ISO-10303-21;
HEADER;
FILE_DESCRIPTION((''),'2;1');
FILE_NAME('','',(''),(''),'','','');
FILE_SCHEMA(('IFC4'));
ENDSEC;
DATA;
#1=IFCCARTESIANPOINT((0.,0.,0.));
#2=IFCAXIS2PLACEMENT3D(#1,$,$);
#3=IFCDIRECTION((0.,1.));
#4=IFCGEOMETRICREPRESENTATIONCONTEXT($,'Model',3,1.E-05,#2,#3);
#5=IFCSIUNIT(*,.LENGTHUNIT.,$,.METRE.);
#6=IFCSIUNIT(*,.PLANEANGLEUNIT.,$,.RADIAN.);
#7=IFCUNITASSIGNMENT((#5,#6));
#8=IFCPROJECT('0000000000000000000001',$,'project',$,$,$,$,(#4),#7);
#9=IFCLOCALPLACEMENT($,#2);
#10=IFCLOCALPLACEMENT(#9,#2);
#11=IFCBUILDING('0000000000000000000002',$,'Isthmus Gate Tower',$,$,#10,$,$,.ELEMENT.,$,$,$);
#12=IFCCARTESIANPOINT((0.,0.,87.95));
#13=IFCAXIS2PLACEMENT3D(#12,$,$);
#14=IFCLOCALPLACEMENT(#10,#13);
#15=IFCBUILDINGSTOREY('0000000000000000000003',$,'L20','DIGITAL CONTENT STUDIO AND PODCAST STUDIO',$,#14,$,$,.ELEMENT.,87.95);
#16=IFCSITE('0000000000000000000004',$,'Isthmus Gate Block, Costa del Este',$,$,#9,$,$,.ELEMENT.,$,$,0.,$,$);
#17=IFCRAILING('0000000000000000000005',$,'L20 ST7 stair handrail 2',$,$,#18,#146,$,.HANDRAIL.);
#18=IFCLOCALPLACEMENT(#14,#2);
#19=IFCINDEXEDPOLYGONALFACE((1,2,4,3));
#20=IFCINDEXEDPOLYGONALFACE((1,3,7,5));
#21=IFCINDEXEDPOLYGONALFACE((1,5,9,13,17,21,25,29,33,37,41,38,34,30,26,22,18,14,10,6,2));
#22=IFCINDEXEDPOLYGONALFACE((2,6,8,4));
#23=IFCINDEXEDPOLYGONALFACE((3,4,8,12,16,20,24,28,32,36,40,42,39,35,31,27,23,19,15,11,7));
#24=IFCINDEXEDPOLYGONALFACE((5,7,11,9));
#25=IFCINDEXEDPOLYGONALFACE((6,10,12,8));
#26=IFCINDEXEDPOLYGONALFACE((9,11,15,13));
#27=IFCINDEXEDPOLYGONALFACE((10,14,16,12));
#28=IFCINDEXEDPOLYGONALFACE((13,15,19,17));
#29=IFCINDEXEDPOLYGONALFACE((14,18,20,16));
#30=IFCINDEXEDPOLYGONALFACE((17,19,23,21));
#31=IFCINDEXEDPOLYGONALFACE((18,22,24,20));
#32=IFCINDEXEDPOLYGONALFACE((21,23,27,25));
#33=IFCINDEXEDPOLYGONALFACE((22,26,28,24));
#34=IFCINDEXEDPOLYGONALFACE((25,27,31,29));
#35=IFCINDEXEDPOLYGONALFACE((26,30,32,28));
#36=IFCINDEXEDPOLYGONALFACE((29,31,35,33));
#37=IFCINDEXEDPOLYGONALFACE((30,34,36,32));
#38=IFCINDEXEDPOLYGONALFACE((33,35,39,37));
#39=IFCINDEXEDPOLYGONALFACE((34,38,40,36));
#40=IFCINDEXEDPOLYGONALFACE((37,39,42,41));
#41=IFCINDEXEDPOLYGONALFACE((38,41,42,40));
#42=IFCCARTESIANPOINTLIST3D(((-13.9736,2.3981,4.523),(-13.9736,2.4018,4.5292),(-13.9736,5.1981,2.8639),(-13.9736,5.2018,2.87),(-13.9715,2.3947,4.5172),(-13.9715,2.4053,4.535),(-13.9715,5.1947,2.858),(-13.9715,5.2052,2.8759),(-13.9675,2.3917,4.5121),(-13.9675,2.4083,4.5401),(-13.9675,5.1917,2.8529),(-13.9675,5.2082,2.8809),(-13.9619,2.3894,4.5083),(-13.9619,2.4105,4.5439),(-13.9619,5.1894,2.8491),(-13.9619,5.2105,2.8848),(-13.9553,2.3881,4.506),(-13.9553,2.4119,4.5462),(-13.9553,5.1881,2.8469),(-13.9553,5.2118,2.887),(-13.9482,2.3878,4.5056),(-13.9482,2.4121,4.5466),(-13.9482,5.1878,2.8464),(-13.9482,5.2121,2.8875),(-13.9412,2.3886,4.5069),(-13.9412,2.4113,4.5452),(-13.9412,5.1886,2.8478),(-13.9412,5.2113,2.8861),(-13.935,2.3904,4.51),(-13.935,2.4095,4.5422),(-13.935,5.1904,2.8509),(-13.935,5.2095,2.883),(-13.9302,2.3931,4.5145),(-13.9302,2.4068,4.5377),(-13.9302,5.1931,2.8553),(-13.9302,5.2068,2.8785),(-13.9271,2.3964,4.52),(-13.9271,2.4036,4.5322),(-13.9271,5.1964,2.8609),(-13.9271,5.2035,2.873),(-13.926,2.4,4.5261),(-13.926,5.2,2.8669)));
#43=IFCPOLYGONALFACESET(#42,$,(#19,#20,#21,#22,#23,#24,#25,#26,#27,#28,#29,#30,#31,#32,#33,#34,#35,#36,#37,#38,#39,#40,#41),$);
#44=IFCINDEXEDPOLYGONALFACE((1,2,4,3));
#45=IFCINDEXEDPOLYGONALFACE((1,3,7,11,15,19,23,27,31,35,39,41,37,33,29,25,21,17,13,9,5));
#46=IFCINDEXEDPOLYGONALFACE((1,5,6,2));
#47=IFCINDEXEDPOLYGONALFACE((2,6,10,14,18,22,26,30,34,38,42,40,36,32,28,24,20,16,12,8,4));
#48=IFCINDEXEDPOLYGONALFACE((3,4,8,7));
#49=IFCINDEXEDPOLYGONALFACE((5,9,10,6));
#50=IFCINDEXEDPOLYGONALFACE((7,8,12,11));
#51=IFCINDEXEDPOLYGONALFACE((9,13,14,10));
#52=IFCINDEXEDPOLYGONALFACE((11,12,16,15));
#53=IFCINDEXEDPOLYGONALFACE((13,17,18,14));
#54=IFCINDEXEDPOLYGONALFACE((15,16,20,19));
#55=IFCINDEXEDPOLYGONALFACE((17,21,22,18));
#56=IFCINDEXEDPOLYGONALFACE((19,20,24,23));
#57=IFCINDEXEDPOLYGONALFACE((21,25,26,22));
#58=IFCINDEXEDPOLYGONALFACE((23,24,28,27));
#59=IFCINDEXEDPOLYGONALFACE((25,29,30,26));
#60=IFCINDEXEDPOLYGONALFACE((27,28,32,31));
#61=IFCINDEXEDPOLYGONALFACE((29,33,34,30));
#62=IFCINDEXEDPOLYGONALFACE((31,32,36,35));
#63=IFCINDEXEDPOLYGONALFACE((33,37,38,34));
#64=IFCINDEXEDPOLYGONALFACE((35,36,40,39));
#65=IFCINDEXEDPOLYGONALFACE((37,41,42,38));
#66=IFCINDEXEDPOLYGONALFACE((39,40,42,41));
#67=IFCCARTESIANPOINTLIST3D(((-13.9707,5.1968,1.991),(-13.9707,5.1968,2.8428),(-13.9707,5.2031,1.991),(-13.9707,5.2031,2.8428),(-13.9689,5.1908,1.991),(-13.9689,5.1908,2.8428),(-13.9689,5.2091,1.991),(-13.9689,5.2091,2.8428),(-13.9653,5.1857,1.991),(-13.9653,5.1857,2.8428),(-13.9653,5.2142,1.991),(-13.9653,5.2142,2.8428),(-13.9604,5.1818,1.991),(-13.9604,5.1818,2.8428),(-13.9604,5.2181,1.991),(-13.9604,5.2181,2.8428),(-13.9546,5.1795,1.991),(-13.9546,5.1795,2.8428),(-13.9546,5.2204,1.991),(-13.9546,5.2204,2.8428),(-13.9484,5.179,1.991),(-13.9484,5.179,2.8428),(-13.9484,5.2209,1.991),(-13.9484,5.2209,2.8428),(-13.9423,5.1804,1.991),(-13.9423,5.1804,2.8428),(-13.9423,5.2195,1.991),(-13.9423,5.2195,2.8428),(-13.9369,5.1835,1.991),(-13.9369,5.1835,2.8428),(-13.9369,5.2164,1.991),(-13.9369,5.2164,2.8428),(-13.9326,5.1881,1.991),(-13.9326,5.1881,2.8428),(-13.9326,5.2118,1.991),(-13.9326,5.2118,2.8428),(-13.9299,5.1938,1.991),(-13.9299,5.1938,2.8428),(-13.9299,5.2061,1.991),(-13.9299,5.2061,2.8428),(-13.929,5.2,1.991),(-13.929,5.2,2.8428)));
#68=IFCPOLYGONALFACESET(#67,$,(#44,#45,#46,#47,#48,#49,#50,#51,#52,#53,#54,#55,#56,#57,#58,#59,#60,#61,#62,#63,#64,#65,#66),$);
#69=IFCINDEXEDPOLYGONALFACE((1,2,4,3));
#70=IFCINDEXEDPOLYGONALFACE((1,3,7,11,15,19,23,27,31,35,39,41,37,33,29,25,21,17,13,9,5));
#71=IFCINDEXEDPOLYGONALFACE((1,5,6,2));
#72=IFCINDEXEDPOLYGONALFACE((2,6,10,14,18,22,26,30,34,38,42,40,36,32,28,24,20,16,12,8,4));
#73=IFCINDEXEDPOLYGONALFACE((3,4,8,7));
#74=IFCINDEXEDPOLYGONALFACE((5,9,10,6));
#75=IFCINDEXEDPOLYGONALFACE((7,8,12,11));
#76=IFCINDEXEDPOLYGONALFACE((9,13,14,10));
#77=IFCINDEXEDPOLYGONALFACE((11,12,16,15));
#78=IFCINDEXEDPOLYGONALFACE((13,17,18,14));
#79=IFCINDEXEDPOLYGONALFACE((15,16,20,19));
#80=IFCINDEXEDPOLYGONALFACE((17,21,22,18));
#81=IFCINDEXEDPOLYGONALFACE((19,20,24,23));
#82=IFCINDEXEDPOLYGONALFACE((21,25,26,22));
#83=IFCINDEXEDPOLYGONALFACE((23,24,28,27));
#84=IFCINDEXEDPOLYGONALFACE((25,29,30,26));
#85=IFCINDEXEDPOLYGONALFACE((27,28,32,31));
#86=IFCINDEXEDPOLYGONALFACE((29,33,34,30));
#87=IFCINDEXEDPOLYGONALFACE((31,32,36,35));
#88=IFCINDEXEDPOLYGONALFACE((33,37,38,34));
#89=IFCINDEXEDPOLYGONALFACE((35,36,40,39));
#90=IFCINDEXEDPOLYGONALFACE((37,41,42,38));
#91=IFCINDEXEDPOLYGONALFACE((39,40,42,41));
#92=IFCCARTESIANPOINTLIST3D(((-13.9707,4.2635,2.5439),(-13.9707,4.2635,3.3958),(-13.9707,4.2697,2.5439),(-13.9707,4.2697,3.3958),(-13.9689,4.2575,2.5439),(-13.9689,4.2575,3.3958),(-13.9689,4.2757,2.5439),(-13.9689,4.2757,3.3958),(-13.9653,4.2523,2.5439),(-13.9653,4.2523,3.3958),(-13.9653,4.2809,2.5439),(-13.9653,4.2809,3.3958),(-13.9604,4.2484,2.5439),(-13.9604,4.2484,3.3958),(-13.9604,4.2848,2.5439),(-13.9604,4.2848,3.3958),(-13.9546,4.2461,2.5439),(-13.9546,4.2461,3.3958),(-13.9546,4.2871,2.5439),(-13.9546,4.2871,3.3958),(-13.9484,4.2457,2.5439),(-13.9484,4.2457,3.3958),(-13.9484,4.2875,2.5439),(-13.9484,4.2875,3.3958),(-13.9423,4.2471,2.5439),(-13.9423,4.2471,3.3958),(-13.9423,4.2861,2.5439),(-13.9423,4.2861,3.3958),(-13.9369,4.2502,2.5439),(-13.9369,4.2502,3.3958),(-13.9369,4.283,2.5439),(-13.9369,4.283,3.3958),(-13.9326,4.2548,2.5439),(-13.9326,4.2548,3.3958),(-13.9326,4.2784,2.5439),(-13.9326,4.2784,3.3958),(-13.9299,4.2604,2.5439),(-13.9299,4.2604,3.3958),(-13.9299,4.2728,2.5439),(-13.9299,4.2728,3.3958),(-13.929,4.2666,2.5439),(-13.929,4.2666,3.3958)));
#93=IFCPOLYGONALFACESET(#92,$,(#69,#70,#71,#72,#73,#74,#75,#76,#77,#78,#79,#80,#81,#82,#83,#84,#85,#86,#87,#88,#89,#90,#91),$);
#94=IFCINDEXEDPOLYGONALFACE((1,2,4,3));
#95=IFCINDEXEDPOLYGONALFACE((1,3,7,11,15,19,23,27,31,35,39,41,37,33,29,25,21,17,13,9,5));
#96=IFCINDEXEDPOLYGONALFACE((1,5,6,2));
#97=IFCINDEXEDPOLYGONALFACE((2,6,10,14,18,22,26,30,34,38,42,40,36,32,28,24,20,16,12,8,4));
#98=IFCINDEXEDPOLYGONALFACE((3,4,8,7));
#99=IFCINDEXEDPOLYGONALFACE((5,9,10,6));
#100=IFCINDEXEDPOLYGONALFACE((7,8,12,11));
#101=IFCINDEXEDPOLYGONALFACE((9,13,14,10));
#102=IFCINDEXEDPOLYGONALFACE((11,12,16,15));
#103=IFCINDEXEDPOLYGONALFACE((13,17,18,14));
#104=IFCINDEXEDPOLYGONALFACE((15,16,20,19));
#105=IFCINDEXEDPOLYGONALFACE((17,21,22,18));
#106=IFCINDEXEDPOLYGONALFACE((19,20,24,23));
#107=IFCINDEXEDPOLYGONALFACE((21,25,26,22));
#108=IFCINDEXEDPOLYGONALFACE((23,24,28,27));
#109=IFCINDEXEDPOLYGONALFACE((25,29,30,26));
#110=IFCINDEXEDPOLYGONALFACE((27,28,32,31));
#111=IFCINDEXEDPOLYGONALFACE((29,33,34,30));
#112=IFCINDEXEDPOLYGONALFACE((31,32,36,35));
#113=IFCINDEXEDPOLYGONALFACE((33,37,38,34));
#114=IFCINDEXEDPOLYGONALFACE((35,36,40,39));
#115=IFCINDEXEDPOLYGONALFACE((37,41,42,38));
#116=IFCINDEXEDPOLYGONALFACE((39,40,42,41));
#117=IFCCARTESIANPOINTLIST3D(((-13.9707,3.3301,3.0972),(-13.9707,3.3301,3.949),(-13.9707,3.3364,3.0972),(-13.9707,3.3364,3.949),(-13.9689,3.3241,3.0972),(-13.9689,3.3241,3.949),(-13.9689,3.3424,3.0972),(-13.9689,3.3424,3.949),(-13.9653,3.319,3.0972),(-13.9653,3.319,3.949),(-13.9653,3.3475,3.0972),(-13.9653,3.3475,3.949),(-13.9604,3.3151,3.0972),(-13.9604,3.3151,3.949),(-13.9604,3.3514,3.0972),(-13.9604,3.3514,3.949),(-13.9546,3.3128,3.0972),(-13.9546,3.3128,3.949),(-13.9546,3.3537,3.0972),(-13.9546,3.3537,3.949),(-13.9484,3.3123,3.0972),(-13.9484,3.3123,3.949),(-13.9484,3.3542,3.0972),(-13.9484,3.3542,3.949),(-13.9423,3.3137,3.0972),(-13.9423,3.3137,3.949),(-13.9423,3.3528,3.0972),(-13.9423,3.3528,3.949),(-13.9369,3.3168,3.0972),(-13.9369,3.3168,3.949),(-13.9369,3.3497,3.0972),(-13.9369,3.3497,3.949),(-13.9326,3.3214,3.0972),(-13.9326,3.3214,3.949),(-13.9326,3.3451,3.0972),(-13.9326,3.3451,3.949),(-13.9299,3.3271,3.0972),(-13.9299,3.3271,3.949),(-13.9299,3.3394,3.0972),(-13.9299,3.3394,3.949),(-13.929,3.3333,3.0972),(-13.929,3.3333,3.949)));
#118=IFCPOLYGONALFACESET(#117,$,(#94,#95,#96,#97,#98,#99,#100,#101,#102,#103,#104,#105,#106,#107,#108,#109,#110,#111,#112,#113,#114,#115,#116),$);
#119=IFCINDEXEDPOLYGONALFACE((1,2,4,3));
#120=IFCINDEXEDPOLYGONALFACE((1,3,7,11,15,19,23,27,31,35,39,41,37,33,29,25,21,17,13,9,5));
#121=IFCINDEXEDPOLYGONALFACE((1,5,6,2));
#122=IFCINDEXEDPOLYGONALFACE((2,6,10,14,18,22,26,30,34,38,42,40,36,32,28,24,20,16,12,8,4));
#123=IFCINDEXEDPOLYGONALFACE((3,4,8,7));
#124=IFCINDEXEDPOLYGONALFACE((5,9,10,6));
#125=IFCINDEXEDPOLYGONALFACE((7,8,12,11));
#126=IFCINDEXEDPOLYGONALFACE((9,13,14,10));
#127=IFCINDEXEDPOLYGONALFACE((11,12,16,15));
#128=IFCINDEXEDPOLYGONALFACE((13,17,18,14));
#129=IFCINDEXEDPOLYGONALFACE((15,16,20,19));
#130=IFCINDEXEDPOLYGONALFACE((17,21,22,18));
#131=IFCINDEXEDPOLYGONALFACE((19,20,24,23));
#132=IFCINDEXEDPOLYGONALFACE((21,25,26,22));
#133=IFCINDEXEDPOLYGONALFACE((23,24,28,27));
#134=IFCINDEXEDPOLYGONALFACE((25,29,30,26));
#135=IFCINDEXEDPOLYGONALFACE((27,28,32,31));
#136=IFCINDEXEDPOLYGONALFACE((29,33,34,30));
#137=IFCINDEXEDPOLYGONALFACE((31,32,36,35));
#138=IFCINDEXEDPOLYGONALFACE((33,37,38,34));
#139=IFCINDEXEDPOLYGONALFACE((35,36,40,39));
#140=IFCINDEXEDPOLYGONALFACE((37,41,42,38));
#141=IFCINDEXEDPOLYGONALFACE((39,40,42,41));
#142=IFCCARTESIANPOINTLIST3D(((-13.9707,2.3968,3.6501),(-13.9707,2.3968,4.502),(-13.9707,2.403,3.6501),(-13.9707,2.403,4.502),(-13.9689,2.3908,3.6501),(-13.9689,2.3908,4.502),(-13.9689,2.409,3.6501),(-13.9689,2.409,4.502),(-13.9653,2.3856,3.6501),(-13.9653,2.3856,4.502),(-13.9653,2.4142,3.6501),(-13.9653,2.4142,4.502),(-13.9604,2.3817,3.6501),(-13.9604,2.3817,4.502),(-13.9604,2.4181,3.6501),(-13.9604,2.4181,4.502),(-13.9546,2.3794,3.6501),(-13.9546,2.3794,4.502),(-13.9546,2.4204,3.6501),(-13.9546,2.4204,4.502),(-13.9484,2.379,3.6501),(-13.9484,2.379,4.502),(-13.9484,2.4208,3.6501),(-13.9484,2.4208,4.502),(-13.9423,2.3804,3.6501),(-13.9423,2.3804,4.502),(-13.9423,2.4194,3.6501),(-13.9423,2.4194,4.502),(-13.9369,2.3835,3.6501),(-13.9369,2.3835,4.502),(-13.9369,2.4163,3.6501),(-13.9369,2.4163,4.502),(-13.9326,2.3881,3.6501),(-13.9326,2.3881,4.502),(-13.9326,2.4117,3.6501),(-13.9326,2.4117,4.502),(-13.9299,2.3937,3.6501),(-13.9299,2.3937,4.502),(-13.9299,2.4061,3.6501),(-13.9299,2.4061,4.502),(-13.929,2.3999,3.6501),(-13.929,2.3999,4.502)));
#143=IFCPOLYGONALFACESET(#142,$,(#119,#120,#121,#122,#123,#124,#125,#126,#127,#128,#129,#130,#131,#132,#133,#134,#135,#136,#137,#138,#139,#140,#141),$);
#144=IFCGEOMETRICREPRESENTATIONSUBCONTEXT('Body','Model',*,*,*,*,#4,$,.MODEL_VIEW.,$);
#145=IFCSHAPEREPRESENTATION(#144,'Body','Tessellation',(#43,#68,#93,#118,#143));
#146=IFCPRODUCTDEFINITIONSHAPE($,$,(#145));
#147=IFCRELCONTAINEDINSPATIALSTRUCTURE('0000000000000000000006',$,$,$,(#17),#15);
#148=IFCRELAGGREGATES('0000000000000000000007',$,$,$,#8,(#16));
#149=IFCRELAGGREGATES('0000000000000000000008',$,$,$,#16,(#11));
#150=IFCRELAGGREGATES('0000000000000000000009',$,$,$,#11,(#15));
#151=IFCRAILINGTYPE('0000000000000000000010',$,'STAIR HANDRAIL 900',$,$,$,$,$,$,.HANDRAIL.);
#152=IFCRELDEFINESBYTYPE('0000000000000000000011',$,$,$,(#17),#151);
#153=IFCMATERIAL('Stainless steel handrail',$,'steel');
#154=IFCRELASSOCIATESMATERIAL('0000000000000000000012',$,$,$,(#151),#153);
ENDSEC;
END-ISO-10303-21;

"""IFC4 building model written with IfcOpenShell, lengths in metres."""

from ifc_helpers import new_model, si_unit, direction, frame, origin, origin_2d, place, context, subcontext, project, spatial, circle, extrude, material, type_object, element, save


model = new_model("IFC4")

# Units and contexts
model_context = context("Model", 3, precision=1e-05, world=origin(), true_north=direction((0.0, 1.0)))
body_context = subcontext(model_context, "Body", "Model", "MODEL_VIEW")
ifc_project = project(units=[si_unit("LENGTHUNIT", "METRE"), si_unit("PLANEANGLEUNIT", "RADIAN")], contexts=[model_context])

# Site, building, storey
site_placement = place(None, origin())
site = spatial("IfcSite", under=ifc_project, at=site_placement, Name="Isthmus Gate Block, Costa del Este", CompositionType="ELEMENT", RefElevation=0.0)
building_placement = place(site_placement, origin())
building = spatial("IfcBuilding", under=site, at=building_placement, Name="Isthmus Gate Tower", CompositionType="ELEMENT")
storey_placement = place(building_placement, frame((0.0, 0.0, 87.95)))
storey = spatial("IfcBuildingStorey", under=building, at=storey_placement, Name="L20", Description="DIGITAL CONTENT STUDIO AND PODCAST STUDIO", CompositionType="ELEMENT", Elevation=87.95)

# Railing
ifc_material_1 = material(Name="Stainless steel handrail", Category="steel")
railing_type_1 = type_object("IfcRailingType", Name="STAIR HANDRAIL 900", PredefinedType="HANDRAIL", material=ifc_material_1)
railing_1_placement = place(storey_placement, frame((-13.95, 5.2, 1.991)))
element("IfcRailing", 1, at=railing_1_placement, inside=storey, type_object=railing_type_1, Name="L20 ST7 stair handrail 2", PredefinedType="HANDRAIL", context=body_context, shape_type="SweptSolid", body=[
    extrude(circle(Radius=0.0239, at=origin_2d()), frame((0.0, 0.0, 0.876), z_axis=(0.0, -0.860306, 0.509778), x_axis=(1.0, 0.0, 0.0)), (0.0, 0.0, 1.0), 3.2546),
    extrude(circle(Radius=0.021, at=origin_2d()), origin(), (0.0, 0.0, 1.0), 0.8518),
    extrude(circle(Radius=0.021, at=origin_2d()), frame((0.0, -0.9333, 0.553)), (0.0, 0.0, 1.0), 0.8518),
    extrude(circle(Radius=0.021, at=origin_2d()), frame((0.0, -1.8667, 1.1062)), (0.0, 0.0, 1.0), 0.8518),
    extrude(circle(Radius=0.021, at=origin_2d()), frame((0.0, -2.8, 1.6592)), (0.0, 0.0, 1.0), 0.8518),
])

save(model, "model.ifc")
